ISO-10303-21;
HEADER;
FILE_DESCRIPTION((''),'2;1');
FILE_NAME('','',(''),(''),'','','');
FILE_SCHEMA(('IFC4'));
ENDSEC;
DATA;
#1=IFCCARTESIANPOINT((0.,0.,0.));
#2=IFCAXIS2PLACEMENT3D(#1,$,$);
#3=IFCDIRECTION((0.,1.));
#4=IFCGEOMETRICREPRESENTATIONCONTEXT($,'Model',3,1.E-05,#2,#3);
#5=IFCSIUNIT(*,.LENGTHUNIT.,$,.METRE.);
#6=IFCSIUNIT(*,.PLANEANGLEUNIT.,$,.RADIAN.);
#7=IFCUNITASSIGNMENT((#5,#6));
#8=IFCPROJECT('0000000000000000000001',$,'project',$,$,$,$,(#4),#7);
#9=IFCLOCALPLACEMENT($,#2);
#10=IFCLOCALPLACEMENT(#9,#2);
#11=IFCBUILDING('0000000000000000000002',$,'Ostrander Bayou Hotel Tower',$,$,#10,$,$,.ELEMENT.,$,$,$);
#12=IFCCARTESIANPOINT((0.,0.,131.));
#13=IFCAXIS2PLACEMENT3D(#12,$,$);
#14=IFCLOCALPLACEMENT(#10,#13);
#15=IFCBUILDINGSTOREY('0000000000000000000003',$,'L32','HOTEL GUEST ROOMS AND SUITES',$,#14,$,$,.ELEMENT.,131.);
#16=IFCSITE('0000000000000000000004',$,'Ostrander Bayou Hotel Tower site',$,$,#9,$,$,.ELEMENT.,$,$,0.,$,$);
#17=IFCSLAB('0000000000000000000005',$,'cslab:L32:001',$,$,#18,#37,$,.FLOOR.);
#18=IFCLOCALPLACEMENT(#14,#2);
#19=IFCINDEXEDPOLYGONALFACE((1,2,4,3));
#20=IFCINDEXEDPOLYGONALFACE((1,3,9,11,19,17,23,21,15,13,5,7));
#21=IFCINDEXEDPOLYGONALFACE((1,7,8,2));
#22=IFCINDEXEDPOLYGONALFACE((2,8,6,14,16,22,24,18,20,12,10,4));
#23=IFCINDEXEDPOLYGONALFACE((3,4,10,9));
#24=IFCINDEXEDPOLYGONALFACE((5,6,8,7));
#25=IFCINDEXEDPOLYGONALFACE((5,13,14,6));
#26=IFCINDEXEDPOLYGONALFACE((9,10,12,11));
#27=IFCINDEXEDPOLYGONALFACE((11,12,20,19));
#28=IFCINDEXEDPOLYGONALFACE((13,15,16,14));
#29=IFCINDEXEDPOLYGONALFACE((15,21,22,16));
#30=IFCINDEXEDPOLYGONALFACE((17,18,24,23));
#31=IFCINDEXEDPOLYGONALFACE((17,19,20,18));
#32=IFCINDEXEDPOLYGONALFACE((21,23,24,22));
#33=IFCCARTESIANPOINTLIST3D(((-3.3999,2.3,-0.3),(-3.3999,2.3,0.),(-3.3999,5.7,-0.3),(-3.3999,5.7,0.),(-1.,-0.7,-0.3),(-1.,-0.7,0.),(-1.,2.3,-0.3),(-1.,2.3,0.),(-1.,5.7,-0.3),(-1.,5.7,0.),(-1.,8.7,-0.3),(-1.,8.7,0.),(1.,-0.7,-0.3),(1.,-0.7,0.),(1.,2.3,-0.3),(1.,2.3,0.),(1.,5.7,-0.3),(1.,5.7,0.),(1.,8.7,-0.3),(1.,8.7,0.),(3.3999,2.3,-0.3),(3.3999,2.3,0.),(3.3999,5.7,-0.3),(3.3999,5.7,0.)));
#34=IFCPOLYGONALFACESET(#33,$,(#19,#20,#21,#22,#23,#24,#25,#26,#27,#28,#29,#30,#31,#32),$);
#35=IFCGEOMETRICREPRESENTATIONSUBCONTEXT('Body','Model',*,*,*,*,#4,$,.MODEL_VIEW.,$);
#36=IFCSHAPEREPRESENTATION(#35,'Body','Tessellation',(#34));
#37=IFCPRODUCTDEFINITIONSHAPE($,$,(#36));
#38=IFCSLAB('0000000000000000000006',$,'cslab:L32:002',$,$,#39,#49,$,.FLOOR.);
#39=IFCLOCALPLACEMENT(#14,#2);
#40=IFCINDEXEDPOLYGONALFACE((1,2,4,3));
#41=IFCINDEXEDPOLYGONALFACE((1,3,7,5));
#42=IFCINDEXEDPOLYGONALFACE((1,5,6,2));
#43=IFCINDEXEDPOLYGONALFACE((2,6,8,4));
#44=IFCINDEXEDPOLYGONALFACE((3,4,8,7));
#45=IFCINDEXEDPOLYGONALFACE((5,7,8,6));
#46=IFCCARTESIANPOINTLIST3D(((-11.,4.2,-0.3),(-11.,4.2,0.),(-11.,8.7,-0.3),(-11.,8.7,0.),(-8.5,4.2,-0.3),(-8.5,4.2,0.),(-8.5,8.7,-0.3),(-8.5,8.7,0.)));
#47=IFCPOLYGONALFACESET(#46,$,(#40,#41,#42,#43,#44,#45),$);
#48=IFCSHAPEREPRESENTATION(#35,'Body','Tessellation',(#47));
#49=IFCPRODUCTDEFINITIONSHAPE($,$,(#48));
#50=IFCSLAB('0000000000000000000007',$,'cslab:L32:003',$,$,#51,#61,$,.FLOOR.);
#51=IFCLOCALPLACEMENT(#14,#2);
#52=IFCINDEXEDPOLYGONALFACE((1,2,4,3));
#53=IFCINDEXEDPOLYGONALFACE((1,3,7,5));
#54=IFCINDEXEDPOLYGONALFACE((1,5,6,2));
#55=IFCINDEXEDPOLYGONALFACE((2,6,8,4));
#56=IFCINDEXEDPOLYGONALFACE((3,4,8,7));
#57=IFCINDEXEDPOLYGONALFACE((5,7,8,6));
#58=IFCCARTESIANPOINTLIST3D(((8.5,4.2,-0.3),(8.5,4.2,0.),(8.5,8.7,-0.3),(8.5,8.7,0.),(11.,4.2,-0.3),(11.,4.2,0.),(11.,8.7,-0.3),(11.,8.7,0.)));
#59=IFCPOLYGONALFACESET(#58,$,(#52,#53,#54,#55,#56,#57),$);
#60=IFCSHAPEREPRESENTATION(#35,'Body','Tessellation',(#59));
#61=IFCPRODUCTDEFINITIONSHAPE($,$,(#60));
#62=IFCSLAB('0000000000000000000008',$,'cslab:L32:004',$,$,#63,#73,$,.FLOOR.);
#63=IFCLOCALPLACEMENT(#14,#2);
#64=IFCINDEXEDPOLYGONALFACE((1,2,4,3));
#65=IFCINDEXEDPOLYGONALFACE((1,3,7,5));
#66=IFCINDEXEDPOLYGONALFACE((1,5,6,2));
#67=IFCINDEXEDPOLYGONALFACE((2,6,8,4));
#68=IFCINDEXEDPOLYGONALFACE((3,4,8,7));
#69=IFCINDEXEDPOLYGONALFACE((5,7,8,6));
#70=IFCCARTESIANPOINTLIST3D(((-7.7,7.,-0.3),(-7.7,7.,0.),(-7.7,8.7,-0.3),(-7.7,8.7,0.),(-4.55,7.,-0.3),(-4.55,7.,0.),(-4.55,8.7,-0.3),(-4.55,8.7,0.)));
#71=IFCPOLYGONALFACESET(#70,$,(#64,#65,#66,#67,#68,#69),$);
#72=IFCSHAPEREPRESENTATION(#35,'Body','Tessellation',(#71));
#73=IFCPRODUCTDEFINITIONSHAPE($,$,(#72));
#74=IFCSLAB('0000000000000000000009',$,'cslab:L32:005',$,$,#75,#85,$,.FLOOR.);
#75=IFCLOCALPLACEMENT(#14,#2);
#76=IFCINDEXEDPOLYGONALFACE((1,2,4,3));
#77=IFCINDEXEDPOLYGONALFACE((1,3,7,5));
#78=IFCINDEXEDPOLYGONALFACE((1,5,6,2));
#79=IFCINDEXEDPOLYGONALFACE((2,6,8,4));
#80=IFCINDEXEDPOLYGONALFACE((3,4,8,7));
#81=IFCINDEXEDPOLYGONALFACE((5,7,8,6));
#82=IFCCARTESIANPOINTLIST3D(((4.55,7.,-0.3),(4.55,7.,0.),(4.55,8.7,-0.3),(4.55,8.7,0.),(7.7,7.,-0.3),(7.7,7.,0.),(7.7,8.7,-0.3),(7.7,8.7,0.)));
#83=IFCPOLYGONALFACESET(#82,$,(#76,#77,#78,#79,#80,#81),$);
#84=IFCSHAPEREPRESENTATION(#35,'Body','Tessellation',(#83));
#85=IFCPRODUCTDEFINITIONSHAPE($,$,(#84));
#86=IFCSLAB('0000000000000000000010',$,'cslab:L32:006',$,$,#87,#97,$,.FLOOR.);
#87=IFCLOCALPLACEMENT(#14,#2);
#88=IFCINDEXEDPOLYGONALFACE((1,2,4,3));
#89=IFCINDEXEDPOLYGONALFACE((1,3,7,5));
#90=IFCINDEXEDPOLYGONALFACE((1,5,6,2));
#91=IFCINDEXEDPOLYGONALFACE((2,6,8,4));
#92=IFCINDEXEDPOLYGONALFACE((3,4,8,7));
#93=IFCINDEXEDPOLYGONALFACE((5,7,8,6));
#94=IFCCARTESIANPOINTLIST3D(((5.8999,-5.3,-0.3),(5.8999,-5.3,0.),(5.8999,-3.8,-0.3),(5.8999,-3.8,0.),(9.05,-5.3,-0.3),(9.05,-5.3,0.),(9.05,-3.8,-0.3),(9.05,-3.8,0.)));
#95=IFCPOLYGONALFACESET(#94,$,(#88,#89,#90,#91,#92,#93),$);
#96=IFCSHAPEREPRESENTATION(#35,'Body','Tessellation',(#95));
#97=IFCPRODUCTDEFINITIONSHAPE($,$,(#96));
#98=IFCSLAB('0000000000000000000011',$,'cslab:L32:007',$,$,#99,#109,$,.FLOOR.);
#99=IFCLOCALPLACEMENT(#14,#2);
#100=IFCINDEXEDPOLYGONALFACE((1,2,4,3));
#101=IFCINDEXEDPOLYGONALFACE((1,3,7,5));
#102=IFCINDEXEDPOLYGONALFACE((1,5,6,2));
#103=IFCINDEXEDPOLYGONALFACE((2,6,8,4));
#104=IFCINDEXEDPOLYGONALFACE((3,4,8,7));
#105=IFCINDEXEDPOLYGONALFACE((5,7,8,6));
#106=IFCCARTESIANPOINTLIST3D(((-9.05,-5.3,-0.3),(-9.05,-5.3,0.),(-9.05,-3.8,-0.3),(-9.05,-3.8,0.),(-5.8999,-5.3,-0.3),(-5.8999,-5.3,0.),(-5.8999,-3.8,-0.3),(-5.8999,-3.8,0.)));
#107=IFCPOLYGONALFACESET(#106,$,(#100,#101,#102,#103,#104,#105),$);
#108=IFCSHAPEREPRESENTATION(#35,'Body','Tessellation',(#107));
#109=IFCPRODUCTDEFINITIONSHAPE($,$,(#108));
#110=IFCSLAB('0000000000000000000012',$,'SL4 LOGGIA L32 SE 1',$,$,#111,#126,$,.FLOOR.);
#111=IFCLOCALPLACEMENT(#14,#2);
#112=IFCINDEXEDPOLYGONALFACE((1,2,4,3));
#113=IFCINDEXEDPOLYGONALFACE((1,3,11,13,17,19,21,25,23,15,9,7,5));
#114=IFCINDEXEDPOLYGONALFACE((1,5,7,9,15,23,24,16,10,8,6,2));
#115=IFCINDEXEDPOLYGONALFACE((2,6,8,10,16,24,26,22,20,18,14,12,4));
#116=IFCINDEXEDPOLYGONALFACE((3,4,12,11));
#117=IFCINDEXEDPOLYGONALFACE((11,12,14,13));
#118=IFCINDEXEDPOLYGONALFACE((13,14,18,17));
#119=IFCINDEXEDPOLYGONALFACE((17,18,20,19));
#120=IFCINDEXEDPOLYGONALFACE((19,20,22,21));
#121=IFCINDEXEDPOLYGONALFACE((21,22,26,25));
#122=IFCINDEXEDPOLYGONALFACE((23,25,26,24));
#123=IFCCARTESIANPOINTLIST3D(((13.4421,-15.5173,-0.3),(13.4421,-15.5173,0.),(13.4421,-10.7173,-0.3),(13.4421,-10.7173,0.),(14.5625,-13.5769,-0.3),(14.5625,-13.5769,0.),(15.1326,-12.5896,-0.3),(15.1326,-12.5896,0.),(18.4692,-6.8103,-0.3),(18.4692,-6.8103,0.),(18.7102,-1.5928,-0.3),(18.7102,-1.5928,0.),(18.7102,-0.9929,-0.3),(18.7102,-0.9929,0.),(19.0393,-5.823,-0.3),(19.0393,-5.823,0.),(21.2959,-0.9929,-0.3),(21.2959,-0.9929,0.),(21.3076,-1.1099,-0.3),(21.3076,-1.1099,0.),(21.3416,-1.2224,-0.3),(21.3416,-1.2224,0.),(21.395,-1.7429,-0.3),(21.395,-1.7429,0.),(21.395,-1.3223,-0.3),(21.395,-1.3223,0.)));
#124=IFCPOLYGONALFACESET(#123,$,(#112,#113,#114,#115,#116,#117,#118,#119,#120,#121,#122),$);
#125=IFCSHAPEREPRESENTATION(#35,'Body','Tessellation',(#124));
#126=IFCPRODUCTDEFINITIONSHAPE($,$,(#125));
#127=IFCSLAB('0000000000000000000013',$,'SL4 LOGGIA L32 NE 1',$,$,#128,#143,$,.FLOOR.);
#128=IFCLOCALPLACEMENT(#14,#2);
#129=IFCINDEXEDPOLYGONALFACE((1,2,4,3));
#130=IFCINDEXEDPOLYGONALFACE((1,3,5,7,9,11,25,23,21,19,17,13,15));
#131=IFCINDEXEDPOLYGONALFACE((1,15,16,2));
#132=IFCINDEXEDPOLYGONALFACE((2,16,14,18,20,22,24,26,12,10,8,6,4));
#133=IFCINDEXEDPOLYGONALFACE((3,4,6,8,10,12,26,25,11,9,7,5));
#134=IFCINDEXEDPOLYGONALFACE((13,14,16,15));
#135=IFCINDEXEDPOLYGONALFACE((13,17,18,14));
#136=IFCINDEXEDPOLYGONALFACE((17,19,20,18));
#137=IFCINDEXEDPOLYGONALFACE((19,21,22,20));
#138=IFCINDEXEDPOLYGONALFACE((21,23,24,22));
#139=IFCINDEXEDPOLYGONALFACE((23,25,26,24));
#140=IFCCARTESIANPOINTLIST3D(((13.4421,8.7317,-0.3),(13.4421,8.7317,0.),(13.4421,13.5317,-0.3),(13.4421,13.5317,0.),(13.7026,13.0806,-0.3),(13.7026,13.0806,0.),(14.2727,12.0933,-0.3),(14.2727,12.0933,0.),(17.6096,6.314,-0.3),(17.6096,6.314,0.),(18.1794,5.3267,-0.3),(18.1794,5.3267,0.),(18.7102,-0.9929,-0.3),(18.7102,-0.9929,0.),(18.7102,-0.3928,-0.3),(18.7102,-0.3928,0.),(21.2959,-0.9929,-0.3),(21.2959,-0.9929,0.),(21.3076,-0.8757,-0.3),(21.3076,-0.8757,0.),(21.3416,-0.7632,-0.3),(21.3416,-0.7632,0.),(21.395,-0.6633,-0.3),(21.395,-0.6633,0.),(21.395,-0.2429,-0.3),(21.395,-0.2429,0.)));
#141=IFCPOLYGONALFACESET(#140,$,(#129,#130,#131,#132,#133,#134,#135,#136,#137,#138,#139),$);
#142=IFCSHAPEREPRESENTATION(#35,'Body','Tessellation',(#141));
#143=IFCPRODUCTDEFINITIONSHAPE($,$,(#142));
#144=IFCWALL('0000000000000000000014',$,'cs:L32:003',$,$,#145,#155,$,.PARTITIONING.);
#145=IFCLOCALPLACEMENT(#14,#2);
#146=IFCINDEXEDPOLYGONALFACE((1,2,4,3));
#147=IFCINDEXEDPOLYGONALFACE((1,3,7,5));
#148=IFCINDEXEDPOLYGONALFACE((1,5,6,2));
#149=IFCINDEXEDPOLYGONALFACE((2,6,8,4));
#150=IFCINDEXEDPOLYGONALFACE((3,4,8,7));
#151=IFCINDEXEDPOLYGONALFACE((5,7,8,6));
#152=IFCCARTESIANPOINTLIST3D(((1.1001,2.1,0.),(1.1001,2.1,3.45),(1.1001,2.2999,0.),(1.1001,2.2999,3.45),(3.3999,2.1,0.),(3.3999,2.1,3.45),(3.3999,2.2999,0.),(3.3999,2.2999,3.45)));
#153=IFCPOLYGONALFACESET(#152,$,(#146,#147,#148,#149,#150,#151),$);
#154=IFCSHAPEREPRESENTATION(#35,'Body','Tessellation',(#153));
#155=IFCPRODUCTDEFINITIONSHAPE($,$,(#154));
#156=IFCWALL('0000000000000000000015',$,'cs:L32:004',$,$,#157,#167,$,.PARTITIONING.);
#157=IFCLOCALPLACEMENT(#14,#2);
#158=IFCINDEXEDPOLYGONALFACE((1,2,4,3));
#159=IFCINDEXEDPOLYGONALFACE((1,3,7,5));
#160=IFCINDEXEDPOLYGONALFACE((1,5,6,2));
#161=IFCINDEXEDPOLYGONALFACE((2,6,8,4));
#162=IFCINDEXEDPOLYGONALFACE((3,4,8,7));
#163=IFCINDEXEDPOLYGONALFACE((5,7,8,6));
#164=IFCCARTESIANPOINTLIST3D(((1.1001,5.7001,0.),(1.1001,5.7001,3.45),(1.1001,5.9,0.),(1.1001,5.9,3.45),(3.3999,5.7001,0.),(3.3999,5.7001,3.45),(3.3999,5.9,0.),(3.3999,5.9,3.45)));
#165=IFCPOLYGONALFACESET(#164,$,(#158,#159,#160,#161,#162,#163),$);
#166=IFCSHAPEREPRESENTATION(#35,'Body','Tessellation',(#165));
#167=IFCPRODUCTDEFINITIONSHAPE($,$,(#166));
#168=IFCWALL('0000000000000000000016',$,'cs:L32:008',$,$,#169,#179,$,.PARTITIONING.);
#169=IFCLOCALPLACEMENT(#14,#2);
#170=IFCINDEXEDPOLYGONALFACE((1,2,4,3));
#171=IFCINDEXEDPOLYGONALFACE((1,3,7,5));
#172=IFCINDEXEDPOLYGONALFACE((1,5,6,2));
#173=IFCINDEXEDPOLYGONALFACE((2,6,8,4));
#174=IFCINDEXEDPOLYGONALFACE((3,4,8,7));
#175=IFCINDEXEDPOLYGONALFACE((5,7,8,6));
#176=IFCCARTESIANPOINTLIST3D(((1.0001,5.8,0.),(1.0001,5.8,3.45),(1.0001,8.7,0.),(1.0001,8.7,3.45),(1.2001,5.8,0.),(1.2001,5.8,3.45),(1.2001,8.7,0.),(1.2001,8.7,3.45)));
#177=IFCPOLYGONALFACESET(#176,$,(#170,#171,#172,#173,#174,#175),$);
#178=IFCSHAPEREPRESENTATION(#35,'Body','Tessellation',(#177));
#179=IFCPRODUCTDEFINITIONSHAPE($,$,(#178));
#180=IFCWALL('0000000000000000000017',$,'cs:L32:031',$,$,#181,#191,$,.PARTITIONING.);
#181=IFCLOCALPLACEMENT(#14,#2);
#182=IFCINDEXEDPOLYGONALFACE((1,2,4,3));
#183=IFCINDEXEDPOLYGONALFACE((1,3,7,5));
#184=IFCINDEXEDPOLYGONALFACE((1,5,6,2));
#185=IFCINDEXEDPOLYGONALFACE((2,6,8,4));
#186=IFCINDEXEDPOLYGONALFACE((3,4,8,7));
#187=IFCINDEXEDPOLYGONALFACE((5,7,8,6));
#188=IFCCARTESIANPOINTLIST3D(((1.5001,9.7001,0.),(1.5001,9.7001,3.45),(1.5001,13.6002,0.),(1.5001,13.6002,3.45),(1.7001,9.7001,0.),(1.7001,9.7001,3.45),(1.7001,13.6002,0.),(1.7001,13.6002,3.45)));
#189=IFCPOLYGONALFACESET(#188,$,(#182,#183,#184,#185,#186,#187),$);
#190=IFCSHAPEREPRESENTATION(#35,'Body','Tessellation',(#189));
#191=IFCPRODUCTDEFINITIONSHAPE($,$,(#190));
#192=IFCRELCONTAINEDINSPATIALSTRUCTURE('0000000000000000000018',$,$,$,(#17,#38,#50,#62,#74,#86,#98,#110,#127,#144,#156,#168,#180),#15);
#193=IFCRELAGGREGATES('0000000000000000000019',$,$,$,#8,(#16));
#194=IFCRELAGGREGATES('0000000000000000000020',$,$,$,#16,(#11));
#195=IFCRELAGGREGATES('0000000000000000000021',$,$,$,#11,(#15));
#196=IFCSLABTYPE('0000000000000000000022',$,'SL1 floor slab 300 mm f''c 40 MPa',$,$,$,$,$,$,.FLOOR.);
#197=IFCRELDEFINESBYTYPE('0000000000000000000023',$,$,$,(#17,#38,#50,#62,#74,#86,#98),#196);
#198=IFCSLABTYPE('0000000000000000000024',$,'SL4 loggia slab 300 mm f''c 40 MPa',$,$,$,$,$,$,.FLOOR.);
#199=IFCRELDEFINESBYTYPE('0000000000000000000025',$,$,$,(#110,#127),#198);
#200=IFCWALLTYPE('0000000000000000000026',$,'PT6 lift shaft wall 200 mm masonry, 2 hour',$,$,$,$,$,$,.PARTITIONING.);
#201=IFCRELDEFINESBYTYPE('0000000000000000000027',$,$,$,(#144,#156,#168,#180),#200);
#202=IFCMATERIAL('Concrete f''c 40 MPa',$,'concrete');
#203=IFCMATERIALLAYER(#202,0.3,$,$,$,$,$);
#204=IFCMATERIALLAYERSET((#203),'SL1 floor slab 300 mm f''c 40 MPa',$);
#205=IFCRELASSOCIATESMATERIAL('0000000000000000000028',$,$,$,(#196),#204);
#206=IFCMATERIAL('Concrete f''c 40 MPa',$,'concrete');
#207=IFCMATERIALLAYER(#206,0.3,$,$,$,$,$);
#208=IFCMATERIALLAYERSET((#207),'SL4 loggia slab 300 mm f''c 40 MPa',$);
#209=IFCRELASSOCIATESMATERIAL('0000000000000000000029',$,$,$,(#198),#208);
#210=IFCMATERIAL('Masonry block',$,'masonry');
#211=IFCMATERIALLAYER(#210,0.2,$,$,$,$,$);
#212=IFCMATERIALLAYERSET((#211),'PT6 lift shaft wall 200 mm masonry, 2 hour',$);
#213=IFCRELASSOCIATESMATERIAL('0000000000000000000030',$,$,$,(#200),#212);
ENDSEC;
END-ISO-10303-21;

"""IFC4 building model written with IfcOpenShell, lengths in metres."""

from ifc_helpers import new_model, si_unit, direction, frame, frame_2d, origin, place, context, subcontext, project, spatial, polyline, rectangle, outline, extrude, material, layer, layer_set, type_object, element, save


model = new_model("IFC4")

# Units and contexts
model_context = context("Model", 3, precision=1e-05, world=origin(), true_north=direction((0.0, 1.0)))
body_context = subcontext(model_context, "Body", "Model", "MODEL_VIEW")
ifc_project = project(units=[si_unit("LENGTHUNIT", "METRE"), si_unit("PLANEANGLEUNIT", "RADIAN")], contexts=[model_context])

# Site, building, storey
site_placement = place(None, origin())
site = spatial("IfcSite", under=ifc_project, at=site_placement, Name="Ostrander Bayou Hotel Tower site", CompositionType="ELEMENT", RefElevation=0.0)
building_placement = place(site_placement, origin())
building = spatial("IfcBuilding", under=site, at=building_placement, Name="Ostrander Bayou Hotel Tower", CompositionType="ELEMENT")
storey_placement = place(building_placement, frame((0.0, 0.0, 131.0)))
storey = spatial("IfcBuildingStorey", under=building, at=storey_placement, Name="L32", Description="HOTEL GUEST ROOMS AND SUITES", CompositionType="ELEMENT", Elevation=131.0)

# Slabs
ifc_material_1 = material(Name="Concrete f'c 40 MPa", Category="concrete")
ifc_layer_1 = layer(ifc_material_1, 0.3)
ifc_layer_set_1 = layer_set([ifc_layer_1], Name="SL1 floor slab 300 mm f'c 40 MPa")
slab_type_1 = type_object("IfcSlabType", Name="SL1 floor slab 300 mm f'c 40 MPa", PredefinedType="FLOOR", material=ifc_layer_set_1)
slab_1_placement = place(storey_placement, frame((0.0, 0.0, -0.3)))
element("IfcSlab", 1, at=slab_1_placement, inside=storey, type_object=slab_type_1, Name="cslab:L32:001", PredefinedType="FLOOR", context=body_context, shape_type="SweptSolid", body=[
    extrude(outline(polyline([(-3.3999, 5.7), (-1.0, 5.7), (-1.0, 8.7), (1.0, 8.7), (1.0, 5.7), (3.3999, 5.7), (3.3999, 2.3), (1.0, 2.3), (1.0, -0.7), (-1.0, -0.7), (-1.0, 2.3), (-3.3999, 2.3), (-3.3999, 5.7)])), origin(), (0.0, 0.0, 1.0), 0.3),
])
slab_2_placement = place(storey_placement, frame((0.0, 0.0, -0.3)))
element("IfcSlab", 2, at=slab_2_placement, inside=storey, type_object=slab_type_1, Name="cslab:L32:002", PredefinedType="FLOOR", context=body_context, shape_type="SweptSolid", body=[
    extrude(outline(polyline([(-8.5, 4.2), (-8.5, 8.7), (-11.0, 8.7), (-11.0, 4.2), (-8.5, 4.2)])), origin(), (0.0, 0.0, 1.0), 0.3),
])
slab_3_placement = place(storey_placement, frame((0.0, 0.0, -0.3)))
element("IfcSlab", 3, at=slab_3_placement, inside=storey, type_object=slab_type_1, Name="cslab:L32:003", PredefinedType="FLOOR", context=body_context, shape_type="SweptSolid", body=[
    extrude(outline(polyline([(11.0, 4.2), (11.0, 8.7), (8.5, 8.7), (8.5, 4.2), (11.0, 4.2)])), origin(), (0.0, 0.0, 1.0), 0.3),
])
slab_4_placement = place(storey_placement, frame((0.0, 0.0, -0.3)))
element("IfcSlab", 4, at=slab_4_placement, inside=storey, type_object=slab_type_1, Name="cslab:L32:004", PredefinedType="FLOOR", context=body_context, shape_type="SweptSolid", body=[
    extrude(outline(polyline([(-4.55, 7.0), (-4.55, 8.7), (-7.7, 8.7), (-7.7, 7.0), (-4.55, 7.0)])), origin(), (0.0, 0.0, 1.0), 0.3),
])
slab_5_placement = place(storey_placement, frame((0.0, 0.0, -0.3)))
element("IfcSlab", 5, at=slab_5_placement, inside=storey, type_object=slab_type_1, Name="cslab:L32:005", PredefinedType="FLOOR", context=body_context, shape_type="SweptSolid", body=[
    extrude(outline(polyline([(7.7, 7.0), (7.7, 8.7), (4.55, 8.7), (4.55, 7.0), (7.7, 7.0)])), origin(), (0.0, 0.0, 1.0), 0.3),
])
slab_6_placement = place(storey_placement, frame((0.0, 0.0, -0.3)))
element("IfcSlab", 6, at=slab_6_placement, inside=storey, type_object=slab_type_1, Name="cslab:L32:006", PredefinedType="FLOOR", context=body_context, shape_type="SweptSolid", body=[
    extrude(outline(polyline([(9.05, -5.3), (9.05, -3.8), (5.8999, -3.8), (5.8999, -5.3), (9.05, -5.3)])), origin(), (0.0, 0.0, 1.0), 0.3),
])
slab_7_placement = place(storey_placement, frame((0.0, 0.0, -0.3)))
element("IfcSlab", 7, at=slab_7_placement, inside=storey, type_object=slab_type_1, Name="cslab:L32:007", PredefinedType="FLOOR", context=body_context, shape_type="SweptSolid", body=[
    extrude(outline(polyline([(-5.8999, -5.3), (-5.8999, -3.8), (-9.05, -3.8), (-9.05, -5.3), (-5.8999, -5.3)])), origin(), (0.0, 0.0, 1.0), 0.3),
])
ifc_material_2 = material(Name="Concrete f'c 40 MPa", Category="concrete")
ifc_layer_2 = layer(ifc_material_2, 0.3)
ifc_layer_set_2 = layer_set([ifc_layer_2], Name="SL4 loggia slab 300 mm f'c 40 MPa")
slab_type_2 = type_object("IfcSlabType", Name="SL4 loggia slab 300 mm f'c 40 MPa", PredefinedType="FLOOR", material=ifc_layer_set_2)
slab_8_placement = place(storey_placement, frame((0.0, 0.0, -0.3)))
element("IfcSlab", 8, at=slab_8_placement, inside=storey, type_object=slab_type_2, Name="SL4 LOGGIA L32 SE 1", PredefinedType="FLOOR", context=body_context, shape_type="SweptSolid", body=[
    extrude(outline(polyline([(15.1326, -12.5896), (14.5625, -13.5769), (13.4421, -15.5173), (13.4421, -10.7173), (18.7102, -1.5928), (18.7102, -0.9929), (21.2959, -0.9929), (21.3076, -1.1099), (21.3416, -1.2224), (21.395, -1.3223), (21.395, -1.7429), (19.0393, -5.823), (18.4692, -6.8103), (15.1326, -12.5896)])), origin(), (0.0, 0.0, 1.0), 0.3),
])
slab_9_placement = place(storey_placement, frame((0.0, 0.0, -0.3)))
element("IfcSlab", 9, at=slab_9_placement, inside=storey, type_object=slab_type_2, Name="SL4 LOGGIA L32 NE 1", PredefinedType="FLOOR", context=body_context, shape_type="SweptSolid", body=[
    extrude(outline(polyline([(13.4421, 13.5317), (13.7026, 13.0806), (14.2727, 12.0933), (17.6096, 6.314), (18.1794, 5.3267), (21.395, -0.2429), (21.395, -0.6633), (21.3416, -0.7632), (21.3076, -0.8757), (21.2959, -0.9929), (18.7102, -0.9929), (18.7102, -0.3928), (13.4421, 8.7317), (13.4421, 13.5317)])), origin(), (0.0, 0.0, 1.0), 0.3),
])

# Walls
ifc_material_3 = material(Name="Masonry block", Category="masonry")
ifc_layer_3 = layer(ifc_material_3, 0.2)
ifc_layer_set_3 = layer_set([ifc_layer_3], Name="PT6 lift shaft wall 200 mm masonry, 2 hour")
wall_type_1 = type_object("IfcWallType", Name="PT6 lift shaft wall 200 mm masonry, 2 hour", PredefinedType="PARTITIONING", material=ifc_layer_set_3)
for number, where, z_axis, x_axis, name in (
    (10, (1.1001, 2.2, 0.0), (0.0, 0.0, 1.0), (1.0, 0.0, 0.0), "cs:L32:003"),
    (11, (1.1001, 5.8, 0.0), (0.0, 0.0, 1.0), (1.0, 0.0, 0.0), "cs:L32:004"),
):
    element("IfcWall", number, at=place(storey_placement, frame(where, z_axis=z_axis, x_axis=x_axis)), inside=storey, type_object=wall_type_1, Name=name, PredefinedType="PARTITIONING", context=body_context, shape_type="SweptSolid", body=[
        extrude(rectangle(XDim=2.2998, YDim=0.2, at=frame_2d((1.1499, 0.0))), origin(), (0.0, 0.0, 1.0), 3.45),
    ])
wall_1_placement = place(storey_placement, frame((1.1001, 5.8, 0.0), z_axis=(0.0, 0.0, 1.0), x_axis=(0.0, 1.0, 0.0)))
element("IfcWall", 12, at=wall_1_placement, inside=storey, type_object=wall_type_1, Name="cs:L32:008", PredefinedType="PARTITIONING", context=body_context, shape_type="SweptSolid", body=[
    extrude(rectangle(XDim=2.8999, YDim=0.2, at=frame_2d((1.45, 0.0))), origin(), (0.0, 0.0, 1.0), 3.45),
])
wall_2_placement = place(storey_placement, frame((1.6001, 9.7, 0.0), z_axis=(0.0, 0.0, 1.0), x_axis=(0.0, 1.0, 0.0)))
element("IfcWall", 13, at=wall_2_placement, inside=storey, type_object=wall_type_1, Name="cs:L32:031", PredefinedType="PARTITIONING", context=body_context, shape_type="SweptSolid", body=[
    extrude(rectangle(XDim=3.9001, YDim=0.2, at=frame_2d((1.9502, 0.0))), origin(), (0.0, 0.0, 1.0), 3.45),
])

save(model, "model.ifc")
